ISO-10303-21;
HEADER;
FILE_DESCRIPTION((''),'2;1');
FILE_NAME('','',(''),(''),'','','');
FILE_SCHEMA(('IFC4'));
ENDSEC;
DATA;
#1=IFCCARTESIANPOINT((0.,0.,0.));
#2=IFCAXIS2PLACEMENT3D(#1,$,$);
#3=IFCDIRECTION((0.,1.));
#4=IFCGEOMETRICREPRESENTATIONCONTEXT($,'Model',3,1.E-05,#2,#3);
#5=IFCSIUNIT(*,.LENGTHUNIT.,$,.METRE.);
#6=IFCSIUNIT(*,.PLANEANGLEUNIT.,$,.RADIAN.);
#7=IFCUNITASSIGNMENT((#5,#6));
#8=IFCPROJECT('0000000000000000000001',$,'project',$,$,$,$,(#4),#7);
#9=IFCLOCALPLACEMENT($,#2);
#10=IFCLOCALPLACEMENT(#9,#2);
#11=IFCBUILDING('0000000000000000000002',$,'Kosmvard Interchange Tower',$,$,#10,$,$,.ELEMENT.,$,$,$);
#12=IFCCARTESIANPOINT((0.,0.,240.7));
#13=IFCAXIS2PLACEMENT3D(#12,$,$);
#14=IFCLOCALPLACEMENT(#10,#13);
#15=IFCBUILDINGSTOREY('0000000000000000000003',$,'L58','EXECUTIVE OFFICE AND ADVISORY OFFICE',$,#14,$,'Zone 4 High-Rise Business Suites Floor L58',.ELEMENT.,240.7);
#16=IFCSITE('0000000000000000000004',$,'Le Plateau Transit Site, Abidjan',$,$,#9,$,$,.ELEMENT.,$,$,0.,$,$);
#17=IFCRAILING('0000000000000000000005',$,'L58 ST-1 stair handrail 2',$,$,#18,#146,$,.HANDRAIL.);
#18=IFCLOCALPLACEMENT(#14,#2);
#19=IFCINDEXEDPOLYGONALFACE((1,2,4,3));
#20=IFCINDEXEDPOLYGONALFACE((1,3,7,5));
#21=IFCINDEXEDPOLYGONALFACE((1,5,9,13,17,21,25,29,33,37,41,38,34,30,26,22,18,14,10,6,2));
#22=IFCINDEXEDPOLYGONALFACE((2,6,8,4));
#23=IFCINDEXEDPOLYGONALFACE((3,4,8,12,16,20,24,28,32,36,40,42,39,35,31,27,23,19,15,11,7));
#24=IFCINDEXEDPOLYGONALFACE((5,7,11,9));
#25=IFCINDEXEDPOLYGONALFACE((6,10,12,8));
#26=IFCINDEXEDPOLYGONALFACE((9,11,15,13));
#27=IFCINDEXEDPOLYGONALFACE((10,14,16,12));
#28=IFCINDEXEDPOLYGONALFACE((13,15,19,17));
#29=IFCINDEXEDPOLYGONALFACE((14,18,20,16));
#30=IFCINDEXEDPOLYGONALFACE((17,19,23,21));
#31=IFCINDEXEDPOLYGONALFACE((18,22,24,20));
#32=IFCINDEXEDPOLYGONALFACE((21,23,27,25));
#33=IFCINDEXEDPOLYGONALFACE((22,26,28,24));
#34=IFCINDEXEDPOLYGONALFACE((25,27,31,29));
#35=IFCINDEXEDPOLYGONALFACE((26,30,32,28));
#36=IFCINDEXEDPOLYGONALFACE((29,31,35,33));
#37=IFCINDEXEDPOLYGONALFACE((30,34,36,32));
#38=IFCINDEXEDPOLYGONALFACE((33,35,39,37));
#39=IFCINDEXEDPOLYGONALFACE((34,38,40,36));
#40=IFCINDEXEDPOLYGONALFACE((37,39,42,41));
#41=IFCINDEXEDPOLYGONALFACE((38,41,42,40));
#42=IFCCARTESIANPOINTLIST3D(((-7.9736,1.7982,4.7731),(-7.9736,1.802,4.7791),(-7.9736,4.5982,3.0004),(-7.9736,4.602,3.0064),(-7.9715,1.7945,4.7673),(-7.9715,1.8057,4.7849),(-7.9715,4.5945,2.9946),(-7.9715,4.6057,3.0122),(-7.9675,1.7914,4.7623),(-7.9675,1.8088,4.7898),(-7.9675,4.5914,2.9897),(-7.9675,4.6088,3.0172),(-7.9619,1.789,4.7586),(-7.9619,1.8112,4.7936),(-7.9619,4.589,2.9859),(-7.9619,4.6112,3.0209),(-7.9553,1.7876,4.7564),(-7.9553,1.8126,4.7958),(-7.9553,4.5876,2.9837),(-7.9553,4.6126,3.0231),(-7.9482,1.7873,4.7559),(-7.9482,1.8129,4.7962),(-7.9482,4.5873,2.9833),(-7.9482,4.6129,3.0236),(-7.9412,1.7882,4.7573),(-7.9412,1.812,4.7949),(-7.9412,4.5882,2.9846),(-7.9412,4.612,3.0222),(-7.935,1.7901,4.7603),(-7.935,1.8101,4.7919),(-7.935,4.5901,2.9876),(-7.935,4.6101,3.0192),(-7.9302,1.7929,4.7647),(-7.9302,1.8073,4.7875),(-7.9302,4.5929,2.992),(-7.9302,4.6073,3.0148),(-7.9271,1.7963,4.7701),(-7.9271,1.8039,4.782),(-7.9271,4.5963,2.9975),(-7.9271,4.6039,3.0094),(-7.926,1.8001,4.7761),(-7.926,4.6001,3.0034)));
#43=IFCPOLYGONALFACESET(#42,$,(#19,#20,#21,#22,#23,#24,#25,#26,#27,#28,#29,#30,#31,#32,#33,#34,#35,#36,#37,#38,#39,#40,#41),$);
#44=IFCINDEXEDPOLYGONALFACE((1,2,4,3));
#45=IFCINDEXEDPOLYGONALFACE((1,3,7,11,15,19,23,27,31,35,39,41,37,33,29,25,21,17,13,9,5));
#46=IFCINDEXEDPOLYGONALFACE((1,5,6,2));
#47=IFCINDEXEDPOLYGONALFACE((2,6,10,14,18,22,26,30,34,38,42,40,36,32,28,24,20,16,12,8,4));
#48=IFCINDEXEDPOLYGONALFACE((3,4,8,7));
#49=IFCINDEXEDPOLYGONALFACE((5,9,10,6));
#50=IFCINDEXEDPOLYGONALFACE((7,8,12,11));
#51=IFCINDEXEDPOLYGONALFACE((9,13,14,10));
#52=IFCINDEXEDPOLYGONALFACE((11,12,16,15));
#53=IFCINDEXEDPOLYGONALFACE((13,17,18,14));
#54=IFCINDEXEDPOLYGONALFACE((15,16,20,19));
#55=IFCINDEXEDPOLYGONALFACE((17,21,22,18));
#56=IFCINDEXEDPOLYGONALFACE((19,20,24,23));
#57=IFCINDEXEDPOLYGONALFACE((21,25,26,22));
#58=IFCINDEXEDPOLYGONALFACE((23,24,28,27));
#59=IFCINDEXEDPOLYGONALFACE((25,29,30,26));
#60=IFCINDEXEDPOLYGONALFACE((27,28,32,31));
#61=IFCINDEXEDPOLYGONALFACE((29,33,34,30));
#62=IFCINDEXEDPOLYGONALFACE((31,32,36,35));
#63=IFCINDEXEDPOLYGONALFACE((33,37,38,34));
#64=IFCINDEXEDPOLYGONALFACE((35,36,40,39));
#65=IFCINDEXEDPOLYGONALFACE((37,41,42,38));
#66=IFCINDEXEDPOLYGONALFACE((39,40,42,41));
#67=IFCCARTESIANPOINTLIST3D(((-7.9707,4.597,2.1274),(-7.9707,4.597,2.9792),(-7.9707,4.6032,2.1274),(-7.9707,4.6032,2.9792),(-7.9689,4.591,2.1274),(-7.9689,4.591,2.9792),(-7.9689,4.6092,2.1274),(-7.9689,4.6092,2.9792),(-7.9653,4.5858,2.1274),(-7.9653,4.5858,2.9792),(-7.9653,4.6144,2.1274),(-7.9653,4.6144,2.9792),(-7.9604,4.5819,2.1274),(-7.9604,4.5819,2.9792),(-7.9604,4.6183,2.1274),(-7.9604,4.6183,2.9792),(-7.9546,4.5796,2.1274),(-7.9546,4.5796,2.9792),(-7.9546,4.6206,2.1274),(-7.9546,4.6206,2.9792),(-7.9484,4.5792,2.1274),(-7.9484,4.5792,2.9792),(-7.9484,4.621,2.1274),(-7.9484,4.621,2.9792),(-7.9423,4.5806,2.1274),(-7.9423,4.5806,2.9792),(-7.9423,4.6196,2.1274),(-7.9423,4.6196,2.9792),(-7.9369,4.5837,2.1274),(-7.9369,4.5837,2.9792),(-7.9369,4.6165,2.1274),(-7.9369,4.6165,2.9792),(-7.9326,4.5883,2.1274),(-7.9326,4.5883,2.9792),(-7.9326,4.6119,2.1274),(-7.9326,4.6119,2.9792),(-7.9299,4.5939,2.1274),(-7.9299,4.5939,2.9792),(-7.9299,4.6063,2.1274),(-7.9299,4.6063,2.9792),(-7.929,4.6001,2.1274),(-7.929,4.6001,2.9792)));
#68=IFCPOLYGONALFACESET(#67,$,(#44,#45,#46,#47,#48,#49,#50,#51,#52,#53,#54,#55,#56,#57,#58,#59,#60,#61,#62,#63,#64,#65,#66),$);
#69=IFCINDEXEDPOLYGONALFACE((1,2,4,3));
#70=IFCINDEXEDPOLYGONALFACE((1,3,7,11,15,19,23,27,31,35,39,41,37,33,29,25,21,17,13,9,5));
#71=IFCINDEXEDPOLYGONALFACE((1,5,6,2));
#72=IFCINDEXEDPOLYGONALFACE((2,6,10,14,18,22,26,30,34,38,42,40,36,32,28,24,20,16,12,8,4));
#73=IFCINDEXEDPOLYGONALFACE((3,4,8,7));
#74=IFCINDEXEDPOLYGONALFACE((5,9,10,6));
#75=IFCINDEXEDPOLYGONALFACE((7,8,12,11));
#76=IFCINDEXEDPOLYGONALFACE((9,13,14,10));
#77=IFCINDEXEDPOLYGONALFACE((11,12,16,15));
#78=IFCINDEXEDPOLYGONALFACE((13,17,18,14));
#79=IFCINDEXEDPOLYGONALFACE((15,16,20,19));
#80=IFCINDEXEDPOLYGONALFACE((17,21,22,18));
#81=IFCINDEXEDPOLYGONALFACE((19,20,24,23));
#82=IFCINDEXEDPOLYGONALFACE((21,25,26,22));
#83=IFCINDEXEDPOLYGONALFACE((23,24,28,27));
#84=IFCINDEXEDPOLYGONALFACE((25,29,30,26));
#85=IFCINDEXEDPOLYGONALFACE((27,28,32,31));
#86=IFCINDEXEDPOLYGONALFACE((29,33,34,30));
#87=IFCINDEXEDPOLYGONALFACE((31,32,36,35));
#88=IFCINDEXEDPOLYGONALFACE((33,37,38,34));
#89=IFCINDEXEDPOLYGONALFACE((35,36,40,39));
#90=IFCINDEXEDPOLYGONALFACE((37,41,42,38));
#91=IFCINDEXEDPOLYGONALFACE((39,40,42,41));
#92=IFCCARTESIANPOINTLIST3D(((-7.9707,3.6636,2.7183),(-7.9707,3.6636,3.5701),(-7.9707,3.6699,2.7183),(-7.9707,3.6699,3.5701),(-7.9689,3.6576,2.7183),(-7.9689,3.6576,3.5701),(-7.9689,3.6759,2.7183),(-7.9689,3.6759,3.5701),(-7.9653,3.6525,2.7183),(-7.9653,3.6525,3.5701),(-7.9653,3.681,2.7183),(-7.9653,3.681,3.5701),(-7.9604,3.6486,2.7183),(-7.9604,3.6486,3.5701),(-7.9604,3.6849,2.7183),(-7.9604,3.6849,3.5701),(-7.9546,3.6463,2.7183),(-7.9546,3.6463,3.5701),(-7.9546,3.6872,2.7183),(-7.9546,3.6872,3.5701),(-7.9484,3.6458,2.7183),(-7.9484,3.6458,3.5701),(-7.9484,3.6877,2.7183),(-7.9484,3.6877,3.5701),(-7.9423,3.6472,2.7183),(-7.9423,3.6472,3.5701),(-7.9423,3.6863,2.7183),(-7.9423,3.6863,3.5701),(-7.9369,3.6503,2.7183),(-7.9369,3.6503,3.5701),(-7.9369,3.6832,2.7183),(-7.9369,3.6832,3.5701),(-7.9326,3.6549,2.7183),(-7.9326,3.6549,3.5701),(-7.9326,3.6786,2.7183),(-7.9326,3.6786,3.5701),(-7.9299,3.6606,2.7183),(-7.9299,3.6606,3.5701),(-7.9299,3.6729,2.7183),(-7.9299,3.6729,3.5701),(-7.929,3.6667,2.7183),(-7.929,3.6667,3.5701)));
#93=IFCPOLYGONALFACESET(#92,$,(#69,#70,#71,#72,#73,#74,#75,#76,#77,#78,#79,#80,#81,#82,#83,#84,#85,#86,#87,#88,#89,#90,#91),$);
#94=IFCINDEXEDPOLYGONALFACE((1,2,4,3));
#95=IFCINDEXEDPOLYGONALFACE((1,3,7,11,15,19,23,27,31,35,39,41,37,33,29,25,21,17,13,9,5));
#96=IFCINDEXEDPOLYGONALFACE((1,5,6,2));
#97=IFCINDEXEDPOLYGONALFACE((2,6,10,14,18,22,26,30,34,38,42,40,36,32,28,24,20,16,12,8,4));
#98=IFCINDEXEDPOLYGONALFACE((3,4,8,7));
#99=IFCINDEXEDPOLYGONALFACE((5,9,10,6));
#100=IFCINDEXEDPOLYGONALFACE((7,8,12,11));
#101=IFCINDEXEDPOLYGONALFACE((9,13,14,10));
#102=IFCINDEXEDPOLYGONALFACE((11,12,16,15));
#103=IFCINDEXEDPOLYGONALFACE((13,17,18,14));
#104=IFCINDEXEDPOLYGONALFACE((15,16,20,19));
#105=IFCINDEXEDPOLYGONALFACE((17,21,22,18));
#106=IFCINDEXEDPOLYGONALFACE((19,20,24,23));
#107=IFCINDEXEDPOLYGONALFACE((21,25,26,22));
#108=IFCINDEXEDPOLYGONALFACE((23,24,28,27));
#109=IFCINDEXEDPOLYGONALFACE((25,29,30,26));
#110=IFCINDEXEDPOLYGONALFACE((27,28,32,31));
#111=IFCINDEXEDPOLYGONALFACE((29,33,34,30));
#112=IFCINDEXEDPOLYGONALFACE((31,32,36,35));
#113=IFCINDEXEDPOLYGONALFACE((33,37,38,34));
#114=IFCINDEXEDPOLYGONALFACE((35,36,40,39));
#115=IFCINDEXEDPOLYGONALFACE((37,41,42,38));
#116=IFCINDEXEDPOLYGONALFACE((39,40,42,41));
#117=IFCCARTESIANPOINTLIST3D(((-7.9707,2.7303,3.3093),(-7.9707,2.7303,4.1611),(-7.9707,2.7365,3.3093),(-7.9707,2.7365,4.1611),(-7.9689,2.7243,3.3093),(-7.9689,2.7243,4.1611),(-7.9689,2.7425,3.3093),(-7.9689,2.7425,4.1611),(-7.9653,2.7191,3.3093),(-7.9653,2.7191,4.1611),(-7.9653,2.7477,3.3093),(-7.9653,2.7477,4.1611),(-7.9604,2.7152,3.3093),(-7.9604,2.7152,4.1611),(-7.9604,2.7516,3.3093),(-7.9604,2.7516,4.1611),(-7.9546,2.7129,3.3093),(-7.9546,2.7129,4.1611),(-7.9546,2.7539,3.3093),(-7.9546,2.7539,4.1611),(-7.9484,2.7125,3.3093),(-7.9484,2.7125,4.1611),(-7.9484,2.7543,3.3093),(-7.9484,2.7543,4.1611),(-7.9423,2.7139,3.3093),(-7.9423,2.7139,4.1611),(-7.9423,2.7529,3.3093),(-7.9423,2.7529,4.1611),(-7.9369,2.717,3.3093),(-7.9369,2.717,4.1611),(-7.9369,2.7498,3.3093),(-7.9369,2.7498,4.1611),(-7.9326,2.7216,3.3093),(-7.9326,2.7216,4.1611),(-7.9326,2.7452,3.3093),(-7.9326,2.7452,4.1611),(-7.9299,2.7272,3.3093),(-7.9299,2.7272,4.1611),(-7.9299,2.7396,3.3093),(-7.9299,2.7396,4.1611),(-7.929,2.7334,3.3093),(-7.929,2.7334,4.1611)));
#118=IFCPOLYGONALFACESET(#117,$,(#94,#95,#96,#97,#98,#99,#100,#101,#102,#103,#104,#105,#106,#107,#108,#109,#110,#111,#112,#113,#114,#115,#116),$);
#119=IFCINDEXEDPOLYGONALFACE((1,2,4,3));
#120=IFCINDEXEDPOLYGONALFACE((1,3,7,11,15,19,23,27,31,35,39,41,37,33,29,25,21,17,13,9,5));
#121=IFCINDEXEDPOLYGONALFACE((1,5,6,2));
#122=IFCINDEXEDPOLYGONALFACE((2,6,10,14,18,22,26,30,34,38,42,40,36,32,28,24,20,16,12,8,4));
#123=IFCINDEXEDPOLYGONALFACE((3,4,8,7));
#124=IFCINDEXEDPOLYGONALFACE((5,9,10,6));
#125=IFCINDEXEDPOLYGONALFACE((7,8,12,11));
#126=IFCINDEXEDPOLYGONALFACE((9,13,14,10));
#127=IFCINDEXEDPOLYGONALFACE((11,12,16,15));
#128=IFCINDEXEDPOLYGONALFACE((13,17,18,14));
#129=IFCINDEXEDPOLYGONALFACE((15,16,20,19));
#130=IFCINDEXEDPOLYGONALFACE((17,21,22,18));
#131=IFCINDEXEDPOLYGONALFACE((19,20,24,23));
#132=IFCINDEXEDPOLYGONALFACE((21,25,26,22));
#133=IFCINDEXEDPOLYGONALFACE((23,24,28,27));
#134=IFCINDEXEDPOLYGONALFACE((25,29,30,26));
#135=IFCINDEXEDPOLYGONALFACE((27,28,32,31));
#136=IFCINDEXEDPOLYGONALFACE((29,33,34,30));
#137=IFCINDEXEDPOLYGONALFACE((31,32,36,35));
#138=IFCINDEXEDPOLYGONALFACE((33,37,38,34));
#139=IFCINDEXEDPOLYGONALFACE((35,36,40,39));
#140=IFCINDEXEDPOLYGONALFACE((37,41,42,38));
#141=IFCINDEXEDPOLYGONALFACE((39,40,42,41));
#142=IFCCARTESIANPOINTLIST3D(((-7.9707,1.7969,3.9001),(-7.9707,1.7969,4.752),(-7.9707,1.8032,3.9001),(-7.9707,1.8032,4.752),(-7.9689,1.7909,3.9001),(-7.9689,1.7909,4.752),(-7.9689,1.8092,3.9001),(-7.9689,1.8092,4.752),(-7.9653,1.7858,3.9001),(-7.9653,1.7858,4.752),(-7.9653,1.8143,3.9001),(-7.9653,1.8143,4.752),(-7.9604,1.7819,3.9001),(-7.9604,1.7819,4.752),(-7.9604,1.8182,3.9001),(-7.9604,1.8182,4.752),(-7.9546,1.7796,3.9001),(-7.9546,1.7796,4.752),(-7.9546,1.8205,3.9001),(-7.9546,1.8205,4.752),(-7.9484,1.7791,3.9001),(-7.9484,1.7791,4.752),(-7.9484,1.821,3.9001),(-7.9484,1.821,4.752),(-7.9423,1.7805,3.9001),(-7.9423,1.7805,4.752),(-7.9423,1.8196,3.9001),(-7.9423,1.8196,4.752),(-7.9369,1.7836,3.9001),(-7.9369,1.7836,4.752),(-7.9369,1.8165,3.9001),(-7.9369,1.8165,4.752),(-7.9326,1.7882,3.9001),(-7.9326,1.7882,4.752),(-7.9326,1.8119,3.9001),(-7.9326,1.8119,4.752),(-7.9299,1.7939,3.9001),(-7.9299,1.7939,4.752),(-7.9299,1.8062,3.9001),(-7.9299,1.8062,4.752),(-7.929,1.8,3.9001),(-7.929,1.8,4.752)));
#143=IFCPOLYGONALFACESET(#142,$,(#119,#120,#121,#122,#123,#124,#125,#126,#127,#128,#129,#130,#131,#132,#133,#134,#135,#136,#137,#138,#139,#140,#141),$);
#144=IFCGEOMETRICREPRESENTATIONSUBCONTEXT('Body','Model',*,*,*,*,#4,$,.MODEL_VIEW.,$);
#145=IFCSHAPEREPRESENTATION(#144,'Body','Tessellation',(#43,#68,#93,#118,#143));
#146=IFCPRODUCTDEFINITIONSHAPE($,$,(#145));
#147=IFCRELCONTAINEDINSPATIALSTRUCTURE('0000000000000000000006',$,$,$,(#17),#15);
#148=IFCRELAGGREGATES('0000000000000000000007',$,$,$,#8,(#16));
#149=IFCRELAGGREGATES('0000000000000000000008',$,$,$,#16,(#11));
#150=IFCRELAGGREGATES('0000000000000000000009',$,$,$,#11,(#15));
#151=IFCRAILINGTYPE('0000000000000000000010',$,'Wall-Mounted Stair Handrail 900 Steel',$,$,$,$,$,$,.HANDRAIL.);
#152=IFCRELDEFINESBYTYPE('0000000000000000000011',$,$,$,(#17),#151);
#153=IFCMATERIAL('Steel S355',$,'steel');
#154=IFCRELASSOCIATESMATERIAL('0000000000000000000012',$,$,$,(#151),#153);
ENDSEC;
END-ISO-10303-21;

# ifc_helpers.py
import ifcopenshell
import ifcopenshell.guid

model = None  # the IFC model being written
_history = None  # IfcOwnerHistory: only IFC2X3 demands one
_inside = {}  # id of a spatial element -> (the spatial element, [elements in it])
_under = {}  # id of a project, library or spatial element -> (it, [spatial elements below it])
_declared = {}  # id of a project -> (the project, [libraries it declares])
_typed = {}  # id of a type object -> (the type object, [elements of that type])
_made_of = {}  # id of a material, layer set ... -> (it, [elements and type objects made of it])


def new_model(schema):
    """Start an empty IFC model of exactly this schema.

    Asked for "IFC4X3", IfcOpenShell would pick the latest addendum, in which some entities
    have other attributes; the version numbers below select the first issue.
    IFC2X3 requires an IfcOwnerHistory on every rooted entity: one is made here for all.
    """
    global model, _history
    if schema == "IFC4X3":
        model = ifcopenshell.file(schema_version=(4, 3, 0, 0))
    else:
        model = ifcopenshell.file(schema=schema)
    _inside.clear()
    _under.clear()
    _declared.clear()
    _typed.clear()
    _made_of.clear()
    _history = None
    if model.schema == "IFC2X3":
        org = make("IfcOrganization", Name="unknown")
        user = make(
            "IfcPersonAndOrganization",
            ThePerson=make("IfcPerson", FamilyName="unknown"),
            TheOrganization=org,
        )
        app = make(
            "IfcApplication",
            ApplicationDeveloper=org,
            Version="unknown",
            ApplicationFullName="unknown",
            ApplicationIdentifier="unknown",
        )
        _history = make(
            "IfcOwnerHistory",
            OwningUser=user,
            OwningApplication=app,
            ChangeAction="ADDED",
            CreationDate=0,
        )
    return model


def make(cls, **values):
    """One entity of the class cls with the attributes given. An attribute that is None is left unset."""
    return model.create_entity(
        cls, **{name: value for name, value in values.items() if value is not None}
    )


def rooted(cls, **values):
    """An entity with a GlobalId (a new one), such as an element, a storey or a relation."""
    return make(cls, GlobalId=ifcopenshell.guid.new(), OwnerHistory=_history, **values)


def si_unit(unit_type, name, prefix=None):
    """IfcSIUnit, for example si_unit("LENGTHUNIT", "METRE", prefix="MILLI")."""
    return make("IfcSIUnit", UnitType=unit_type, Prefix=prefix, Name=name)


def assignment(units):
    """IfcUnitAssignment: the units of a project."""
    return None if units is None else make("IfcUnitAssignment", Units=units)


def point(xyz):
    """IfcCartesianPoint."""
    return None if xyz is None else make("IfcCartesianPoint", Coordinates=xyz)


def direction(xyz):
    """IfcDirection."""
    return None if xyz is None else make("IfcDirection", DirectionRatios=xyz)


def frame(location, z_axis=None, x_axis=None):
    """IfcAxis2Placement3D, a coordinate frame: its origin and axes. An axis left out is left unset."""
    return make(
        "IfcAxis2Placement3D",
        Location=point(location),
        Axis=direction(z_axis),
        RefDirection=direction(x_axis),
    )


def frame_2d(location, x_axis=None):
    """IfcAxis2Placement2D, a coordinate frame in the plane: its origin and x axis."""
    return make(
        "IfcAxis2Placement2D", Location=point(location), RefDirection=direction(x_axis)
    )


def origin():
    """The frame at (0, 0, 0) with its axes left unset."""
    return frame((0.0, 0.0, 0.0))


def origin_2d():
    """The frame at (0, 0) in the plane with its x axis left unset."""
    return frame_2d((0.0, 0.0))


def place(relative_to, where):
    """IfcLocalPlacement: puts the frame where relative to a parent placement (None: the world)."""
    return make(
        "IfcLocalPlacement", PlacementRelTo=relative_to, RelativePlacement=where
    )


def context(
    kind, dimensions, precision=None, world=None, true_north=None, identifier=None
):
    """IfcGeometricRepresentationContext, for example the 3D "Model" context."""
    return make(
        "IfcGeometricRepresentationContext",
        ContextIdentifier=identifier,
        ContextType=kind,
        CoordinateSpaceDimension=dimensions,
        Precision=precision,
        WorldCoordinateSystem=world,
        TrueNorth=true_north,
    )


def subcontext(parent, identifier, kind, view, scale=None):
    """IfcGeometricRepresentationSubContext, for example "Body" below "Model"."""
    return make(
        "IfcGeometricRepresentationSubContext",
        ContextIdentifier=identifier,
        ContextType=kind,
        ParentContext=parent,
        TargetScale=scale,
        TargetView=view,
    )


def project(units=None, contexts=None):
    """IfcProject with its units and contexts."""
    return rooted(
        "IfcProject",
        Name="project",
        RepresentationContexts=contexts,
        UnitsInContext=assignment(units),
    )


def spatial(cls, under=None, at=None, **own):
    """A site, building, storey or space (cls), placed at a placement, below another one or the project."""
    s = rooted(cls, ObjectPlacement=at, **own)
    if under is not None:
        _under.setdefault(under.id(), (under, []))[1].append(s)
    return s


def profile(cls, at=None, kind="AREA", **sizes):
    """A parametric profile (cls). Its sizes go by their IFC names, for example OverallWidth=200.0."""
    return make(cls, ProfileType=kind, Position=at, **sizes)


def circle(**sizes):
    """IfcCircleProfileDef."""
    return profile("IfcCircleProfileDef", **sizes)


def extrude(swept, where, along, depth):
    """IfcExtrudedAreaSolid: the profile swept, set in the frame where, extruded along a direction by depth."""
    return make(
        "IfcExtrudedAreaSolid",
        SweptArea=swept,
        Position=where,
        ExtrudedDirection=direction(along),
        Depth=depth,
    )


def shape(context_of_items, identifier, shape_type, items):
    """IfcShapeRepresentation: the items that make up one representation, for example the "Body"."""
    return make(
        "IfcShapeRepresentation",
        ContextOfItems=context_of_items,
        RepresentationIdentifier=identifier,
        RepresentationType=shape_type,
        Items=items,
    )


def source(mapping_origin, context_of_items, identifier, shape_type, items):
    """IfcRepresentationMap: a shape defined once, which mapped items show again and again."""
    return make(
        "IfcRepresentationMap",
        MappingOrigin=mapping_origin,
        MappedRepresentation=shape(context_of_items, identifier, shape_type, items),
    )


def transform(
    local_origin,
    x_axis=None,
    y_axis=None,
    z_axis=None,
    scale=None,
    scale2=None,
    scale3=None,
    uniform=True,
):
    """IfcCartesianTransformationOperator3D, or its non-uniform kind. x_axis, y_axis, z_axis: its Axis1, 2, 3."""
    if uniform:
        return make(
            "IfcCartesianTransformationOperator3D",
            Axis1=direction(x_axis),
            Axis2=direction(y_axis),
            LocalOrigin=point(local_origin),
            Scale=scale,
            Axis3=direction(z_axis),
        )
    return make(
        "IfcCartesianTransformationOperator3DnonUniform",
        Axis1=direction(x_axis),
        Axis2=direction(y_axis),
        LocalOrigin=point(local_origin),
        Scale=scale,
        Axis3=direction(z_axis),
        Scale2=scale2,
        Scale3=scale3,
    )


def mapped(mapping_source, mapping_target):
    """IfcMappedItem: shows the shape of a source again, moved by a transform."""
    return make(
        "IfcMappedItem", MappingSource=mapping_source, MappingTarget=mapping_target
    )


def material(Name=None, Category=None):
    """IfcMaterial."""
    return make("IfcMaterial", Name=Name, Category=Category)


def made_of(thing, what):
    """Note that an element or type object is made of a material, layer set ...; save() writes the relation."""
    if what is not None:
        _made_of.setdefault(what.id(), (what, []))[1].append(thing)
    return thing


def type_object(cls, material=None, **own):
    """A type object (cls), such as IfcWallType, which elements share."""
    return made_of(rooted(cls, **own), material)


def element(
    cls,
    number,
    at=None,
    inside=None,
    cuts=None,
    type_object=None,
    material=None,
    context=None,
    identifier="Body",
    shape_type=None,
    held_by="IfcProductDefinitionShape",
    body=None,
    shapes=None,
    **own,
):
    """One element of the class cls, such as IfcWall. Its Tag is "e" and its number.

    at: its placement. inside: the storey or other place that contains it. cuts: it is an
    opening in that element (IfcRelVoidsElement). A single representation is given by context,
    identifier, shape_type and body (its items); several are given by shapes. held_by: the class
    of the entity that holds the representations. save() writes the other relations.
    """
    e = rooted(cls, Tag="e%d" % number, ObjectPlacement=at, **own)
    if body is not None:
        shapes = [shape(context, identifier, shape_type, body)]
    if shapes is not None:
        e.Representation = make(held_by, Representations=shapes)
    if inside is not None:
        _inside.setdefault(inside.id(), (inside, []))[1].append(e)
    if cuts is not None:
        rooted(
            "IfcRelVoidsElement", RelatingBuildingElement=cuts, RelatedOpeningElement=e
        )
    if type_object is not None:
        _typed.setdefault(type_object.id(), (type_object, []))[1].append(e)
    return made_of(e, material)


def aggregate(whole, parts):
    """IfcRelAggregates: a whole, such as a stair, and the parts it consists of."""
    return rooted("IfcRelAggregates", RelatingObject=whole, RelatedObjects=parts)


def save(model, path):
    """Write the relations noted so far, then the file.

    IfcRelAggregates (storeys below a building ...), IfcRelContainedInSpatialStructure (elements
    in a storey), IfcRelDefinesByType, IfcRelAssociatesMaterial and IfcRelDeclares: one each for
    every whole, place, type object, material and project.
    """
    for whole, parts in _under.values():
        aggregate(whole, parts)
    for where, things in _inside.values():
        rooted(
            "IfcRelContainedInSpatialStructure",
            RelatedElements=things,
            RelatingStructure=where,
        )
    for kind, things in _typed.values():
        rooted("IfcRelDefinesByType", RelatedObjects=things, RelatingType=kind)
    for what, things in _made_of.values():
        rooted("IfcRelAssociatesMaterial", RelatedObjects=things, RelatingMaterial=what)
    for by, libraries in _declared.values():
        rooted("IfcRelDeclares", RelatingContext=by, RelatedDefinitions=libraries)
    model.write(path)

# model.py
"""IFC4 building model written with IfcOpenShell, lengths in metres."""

from ifc_helpers import new_model, si_unit, direction, frame, origin, origin_2d, place, context, subcontext, project, spatial, circle, extrude, source, transform, mapped, material, type_object, element, save


model = new_model("IFC4")

# Units and contexts
model_context = context("Model", 3, precision=1e-05, world=origin(), true_north=direction((0.0, 1.0)))
body_context = subcontext(model_context, "Body", "Model", "MODEL_VIEW")
ifc_project = project(units=[si_unit("LENGTHUNIT", "METRE"), si_unit("PLANEANGLEUNIT", "RADIAN")], contexts=[model_context])

# Site, building, storey
site_placement = place(None, origin())
site = spatial("IfcSite", under=ifc_project, at=site_placement, Name="Le Plateau Transit Site, Abidjan", CompositionType="ELEMENT", RefElevation=0.0)
building_placement = place(site_placement, origin())
building = spatial("IfcBuilding", under=site, at=building_placement, Name="Kosmvard Interchange Tower", CompositionType="ELEMENT")
storey_placement = place(building_placement, frame((0.0, 0.0, 240.7)))
storey = spatial("IfcBuildingStorey", under=building, at=storey_placement, Name="L58", Description="EXECUTIVE OFFICE AND ADVISORY OFFICE", LongName="Zone 4 High-Rise Business Suites Floor L58", CompositionType="ELEMENT", Elevation=240.7)

# Shared definitions
ifc_material_1 = material(Name="Steel S355", Category="steel")

# Railing
railing_type_1 = type_object("IfcRailingType", Name="Wall-Mounted Stair Handrail 900 Steel", PredefinedType="HANDRAIL", material=ifc_material_1)
shared_shape_1 = source(origin(), body_context, "Body", "SweptSolid", [
    extrude(circle(Radius=0.0239, at=origin_2d()), frame((0.0, 0.0, 0.876), z_axis=(0.0, -0.844909, 0.53491), x_axis=(1.0, 0.0, 0.0)), (0.0, 0.0, 1.0), 3.314),
    extrude(circle(Radius=0.021, at=origin_2d()), origin(), (0.0, 0.0, 1.0), 0.8518),
    extrude(circle(Radius=0.021, at=origin_2d()), frame((0.0, -0.9333, 0.5908)), (0.0, 0.0, 1.0), 0.8518),
    extrude(circle(Radius=0.021, at=origin_2d()), frame((0.0, -1.8667, 1.1819)), (0.0, 0.0, 1.0), 0.8518),
    extrude(circle(Radius=0.021, at=origin_2d()), frame((0.0, -2.8, 1.7727)), (0.0, 0.0, 1.0), 0.8518),
])
railing_1_placement = place(storey_placement, frame((-7.95, 4.6001, 2.1274)))
element("IfcRailing", 1, at=railing_1_placement, inside=storey, type_object=railing_type_1, Name="L58 ST-1 stair handrail 2", PredefinedType="HANDRAIL", context=body_context, shape_type="MappedRepresentation", body=[
    mapped(shared_shape_1, transform((0.0, 0.0, 0.0), scale=1.0)),
])

save(model, "model.ifc")
